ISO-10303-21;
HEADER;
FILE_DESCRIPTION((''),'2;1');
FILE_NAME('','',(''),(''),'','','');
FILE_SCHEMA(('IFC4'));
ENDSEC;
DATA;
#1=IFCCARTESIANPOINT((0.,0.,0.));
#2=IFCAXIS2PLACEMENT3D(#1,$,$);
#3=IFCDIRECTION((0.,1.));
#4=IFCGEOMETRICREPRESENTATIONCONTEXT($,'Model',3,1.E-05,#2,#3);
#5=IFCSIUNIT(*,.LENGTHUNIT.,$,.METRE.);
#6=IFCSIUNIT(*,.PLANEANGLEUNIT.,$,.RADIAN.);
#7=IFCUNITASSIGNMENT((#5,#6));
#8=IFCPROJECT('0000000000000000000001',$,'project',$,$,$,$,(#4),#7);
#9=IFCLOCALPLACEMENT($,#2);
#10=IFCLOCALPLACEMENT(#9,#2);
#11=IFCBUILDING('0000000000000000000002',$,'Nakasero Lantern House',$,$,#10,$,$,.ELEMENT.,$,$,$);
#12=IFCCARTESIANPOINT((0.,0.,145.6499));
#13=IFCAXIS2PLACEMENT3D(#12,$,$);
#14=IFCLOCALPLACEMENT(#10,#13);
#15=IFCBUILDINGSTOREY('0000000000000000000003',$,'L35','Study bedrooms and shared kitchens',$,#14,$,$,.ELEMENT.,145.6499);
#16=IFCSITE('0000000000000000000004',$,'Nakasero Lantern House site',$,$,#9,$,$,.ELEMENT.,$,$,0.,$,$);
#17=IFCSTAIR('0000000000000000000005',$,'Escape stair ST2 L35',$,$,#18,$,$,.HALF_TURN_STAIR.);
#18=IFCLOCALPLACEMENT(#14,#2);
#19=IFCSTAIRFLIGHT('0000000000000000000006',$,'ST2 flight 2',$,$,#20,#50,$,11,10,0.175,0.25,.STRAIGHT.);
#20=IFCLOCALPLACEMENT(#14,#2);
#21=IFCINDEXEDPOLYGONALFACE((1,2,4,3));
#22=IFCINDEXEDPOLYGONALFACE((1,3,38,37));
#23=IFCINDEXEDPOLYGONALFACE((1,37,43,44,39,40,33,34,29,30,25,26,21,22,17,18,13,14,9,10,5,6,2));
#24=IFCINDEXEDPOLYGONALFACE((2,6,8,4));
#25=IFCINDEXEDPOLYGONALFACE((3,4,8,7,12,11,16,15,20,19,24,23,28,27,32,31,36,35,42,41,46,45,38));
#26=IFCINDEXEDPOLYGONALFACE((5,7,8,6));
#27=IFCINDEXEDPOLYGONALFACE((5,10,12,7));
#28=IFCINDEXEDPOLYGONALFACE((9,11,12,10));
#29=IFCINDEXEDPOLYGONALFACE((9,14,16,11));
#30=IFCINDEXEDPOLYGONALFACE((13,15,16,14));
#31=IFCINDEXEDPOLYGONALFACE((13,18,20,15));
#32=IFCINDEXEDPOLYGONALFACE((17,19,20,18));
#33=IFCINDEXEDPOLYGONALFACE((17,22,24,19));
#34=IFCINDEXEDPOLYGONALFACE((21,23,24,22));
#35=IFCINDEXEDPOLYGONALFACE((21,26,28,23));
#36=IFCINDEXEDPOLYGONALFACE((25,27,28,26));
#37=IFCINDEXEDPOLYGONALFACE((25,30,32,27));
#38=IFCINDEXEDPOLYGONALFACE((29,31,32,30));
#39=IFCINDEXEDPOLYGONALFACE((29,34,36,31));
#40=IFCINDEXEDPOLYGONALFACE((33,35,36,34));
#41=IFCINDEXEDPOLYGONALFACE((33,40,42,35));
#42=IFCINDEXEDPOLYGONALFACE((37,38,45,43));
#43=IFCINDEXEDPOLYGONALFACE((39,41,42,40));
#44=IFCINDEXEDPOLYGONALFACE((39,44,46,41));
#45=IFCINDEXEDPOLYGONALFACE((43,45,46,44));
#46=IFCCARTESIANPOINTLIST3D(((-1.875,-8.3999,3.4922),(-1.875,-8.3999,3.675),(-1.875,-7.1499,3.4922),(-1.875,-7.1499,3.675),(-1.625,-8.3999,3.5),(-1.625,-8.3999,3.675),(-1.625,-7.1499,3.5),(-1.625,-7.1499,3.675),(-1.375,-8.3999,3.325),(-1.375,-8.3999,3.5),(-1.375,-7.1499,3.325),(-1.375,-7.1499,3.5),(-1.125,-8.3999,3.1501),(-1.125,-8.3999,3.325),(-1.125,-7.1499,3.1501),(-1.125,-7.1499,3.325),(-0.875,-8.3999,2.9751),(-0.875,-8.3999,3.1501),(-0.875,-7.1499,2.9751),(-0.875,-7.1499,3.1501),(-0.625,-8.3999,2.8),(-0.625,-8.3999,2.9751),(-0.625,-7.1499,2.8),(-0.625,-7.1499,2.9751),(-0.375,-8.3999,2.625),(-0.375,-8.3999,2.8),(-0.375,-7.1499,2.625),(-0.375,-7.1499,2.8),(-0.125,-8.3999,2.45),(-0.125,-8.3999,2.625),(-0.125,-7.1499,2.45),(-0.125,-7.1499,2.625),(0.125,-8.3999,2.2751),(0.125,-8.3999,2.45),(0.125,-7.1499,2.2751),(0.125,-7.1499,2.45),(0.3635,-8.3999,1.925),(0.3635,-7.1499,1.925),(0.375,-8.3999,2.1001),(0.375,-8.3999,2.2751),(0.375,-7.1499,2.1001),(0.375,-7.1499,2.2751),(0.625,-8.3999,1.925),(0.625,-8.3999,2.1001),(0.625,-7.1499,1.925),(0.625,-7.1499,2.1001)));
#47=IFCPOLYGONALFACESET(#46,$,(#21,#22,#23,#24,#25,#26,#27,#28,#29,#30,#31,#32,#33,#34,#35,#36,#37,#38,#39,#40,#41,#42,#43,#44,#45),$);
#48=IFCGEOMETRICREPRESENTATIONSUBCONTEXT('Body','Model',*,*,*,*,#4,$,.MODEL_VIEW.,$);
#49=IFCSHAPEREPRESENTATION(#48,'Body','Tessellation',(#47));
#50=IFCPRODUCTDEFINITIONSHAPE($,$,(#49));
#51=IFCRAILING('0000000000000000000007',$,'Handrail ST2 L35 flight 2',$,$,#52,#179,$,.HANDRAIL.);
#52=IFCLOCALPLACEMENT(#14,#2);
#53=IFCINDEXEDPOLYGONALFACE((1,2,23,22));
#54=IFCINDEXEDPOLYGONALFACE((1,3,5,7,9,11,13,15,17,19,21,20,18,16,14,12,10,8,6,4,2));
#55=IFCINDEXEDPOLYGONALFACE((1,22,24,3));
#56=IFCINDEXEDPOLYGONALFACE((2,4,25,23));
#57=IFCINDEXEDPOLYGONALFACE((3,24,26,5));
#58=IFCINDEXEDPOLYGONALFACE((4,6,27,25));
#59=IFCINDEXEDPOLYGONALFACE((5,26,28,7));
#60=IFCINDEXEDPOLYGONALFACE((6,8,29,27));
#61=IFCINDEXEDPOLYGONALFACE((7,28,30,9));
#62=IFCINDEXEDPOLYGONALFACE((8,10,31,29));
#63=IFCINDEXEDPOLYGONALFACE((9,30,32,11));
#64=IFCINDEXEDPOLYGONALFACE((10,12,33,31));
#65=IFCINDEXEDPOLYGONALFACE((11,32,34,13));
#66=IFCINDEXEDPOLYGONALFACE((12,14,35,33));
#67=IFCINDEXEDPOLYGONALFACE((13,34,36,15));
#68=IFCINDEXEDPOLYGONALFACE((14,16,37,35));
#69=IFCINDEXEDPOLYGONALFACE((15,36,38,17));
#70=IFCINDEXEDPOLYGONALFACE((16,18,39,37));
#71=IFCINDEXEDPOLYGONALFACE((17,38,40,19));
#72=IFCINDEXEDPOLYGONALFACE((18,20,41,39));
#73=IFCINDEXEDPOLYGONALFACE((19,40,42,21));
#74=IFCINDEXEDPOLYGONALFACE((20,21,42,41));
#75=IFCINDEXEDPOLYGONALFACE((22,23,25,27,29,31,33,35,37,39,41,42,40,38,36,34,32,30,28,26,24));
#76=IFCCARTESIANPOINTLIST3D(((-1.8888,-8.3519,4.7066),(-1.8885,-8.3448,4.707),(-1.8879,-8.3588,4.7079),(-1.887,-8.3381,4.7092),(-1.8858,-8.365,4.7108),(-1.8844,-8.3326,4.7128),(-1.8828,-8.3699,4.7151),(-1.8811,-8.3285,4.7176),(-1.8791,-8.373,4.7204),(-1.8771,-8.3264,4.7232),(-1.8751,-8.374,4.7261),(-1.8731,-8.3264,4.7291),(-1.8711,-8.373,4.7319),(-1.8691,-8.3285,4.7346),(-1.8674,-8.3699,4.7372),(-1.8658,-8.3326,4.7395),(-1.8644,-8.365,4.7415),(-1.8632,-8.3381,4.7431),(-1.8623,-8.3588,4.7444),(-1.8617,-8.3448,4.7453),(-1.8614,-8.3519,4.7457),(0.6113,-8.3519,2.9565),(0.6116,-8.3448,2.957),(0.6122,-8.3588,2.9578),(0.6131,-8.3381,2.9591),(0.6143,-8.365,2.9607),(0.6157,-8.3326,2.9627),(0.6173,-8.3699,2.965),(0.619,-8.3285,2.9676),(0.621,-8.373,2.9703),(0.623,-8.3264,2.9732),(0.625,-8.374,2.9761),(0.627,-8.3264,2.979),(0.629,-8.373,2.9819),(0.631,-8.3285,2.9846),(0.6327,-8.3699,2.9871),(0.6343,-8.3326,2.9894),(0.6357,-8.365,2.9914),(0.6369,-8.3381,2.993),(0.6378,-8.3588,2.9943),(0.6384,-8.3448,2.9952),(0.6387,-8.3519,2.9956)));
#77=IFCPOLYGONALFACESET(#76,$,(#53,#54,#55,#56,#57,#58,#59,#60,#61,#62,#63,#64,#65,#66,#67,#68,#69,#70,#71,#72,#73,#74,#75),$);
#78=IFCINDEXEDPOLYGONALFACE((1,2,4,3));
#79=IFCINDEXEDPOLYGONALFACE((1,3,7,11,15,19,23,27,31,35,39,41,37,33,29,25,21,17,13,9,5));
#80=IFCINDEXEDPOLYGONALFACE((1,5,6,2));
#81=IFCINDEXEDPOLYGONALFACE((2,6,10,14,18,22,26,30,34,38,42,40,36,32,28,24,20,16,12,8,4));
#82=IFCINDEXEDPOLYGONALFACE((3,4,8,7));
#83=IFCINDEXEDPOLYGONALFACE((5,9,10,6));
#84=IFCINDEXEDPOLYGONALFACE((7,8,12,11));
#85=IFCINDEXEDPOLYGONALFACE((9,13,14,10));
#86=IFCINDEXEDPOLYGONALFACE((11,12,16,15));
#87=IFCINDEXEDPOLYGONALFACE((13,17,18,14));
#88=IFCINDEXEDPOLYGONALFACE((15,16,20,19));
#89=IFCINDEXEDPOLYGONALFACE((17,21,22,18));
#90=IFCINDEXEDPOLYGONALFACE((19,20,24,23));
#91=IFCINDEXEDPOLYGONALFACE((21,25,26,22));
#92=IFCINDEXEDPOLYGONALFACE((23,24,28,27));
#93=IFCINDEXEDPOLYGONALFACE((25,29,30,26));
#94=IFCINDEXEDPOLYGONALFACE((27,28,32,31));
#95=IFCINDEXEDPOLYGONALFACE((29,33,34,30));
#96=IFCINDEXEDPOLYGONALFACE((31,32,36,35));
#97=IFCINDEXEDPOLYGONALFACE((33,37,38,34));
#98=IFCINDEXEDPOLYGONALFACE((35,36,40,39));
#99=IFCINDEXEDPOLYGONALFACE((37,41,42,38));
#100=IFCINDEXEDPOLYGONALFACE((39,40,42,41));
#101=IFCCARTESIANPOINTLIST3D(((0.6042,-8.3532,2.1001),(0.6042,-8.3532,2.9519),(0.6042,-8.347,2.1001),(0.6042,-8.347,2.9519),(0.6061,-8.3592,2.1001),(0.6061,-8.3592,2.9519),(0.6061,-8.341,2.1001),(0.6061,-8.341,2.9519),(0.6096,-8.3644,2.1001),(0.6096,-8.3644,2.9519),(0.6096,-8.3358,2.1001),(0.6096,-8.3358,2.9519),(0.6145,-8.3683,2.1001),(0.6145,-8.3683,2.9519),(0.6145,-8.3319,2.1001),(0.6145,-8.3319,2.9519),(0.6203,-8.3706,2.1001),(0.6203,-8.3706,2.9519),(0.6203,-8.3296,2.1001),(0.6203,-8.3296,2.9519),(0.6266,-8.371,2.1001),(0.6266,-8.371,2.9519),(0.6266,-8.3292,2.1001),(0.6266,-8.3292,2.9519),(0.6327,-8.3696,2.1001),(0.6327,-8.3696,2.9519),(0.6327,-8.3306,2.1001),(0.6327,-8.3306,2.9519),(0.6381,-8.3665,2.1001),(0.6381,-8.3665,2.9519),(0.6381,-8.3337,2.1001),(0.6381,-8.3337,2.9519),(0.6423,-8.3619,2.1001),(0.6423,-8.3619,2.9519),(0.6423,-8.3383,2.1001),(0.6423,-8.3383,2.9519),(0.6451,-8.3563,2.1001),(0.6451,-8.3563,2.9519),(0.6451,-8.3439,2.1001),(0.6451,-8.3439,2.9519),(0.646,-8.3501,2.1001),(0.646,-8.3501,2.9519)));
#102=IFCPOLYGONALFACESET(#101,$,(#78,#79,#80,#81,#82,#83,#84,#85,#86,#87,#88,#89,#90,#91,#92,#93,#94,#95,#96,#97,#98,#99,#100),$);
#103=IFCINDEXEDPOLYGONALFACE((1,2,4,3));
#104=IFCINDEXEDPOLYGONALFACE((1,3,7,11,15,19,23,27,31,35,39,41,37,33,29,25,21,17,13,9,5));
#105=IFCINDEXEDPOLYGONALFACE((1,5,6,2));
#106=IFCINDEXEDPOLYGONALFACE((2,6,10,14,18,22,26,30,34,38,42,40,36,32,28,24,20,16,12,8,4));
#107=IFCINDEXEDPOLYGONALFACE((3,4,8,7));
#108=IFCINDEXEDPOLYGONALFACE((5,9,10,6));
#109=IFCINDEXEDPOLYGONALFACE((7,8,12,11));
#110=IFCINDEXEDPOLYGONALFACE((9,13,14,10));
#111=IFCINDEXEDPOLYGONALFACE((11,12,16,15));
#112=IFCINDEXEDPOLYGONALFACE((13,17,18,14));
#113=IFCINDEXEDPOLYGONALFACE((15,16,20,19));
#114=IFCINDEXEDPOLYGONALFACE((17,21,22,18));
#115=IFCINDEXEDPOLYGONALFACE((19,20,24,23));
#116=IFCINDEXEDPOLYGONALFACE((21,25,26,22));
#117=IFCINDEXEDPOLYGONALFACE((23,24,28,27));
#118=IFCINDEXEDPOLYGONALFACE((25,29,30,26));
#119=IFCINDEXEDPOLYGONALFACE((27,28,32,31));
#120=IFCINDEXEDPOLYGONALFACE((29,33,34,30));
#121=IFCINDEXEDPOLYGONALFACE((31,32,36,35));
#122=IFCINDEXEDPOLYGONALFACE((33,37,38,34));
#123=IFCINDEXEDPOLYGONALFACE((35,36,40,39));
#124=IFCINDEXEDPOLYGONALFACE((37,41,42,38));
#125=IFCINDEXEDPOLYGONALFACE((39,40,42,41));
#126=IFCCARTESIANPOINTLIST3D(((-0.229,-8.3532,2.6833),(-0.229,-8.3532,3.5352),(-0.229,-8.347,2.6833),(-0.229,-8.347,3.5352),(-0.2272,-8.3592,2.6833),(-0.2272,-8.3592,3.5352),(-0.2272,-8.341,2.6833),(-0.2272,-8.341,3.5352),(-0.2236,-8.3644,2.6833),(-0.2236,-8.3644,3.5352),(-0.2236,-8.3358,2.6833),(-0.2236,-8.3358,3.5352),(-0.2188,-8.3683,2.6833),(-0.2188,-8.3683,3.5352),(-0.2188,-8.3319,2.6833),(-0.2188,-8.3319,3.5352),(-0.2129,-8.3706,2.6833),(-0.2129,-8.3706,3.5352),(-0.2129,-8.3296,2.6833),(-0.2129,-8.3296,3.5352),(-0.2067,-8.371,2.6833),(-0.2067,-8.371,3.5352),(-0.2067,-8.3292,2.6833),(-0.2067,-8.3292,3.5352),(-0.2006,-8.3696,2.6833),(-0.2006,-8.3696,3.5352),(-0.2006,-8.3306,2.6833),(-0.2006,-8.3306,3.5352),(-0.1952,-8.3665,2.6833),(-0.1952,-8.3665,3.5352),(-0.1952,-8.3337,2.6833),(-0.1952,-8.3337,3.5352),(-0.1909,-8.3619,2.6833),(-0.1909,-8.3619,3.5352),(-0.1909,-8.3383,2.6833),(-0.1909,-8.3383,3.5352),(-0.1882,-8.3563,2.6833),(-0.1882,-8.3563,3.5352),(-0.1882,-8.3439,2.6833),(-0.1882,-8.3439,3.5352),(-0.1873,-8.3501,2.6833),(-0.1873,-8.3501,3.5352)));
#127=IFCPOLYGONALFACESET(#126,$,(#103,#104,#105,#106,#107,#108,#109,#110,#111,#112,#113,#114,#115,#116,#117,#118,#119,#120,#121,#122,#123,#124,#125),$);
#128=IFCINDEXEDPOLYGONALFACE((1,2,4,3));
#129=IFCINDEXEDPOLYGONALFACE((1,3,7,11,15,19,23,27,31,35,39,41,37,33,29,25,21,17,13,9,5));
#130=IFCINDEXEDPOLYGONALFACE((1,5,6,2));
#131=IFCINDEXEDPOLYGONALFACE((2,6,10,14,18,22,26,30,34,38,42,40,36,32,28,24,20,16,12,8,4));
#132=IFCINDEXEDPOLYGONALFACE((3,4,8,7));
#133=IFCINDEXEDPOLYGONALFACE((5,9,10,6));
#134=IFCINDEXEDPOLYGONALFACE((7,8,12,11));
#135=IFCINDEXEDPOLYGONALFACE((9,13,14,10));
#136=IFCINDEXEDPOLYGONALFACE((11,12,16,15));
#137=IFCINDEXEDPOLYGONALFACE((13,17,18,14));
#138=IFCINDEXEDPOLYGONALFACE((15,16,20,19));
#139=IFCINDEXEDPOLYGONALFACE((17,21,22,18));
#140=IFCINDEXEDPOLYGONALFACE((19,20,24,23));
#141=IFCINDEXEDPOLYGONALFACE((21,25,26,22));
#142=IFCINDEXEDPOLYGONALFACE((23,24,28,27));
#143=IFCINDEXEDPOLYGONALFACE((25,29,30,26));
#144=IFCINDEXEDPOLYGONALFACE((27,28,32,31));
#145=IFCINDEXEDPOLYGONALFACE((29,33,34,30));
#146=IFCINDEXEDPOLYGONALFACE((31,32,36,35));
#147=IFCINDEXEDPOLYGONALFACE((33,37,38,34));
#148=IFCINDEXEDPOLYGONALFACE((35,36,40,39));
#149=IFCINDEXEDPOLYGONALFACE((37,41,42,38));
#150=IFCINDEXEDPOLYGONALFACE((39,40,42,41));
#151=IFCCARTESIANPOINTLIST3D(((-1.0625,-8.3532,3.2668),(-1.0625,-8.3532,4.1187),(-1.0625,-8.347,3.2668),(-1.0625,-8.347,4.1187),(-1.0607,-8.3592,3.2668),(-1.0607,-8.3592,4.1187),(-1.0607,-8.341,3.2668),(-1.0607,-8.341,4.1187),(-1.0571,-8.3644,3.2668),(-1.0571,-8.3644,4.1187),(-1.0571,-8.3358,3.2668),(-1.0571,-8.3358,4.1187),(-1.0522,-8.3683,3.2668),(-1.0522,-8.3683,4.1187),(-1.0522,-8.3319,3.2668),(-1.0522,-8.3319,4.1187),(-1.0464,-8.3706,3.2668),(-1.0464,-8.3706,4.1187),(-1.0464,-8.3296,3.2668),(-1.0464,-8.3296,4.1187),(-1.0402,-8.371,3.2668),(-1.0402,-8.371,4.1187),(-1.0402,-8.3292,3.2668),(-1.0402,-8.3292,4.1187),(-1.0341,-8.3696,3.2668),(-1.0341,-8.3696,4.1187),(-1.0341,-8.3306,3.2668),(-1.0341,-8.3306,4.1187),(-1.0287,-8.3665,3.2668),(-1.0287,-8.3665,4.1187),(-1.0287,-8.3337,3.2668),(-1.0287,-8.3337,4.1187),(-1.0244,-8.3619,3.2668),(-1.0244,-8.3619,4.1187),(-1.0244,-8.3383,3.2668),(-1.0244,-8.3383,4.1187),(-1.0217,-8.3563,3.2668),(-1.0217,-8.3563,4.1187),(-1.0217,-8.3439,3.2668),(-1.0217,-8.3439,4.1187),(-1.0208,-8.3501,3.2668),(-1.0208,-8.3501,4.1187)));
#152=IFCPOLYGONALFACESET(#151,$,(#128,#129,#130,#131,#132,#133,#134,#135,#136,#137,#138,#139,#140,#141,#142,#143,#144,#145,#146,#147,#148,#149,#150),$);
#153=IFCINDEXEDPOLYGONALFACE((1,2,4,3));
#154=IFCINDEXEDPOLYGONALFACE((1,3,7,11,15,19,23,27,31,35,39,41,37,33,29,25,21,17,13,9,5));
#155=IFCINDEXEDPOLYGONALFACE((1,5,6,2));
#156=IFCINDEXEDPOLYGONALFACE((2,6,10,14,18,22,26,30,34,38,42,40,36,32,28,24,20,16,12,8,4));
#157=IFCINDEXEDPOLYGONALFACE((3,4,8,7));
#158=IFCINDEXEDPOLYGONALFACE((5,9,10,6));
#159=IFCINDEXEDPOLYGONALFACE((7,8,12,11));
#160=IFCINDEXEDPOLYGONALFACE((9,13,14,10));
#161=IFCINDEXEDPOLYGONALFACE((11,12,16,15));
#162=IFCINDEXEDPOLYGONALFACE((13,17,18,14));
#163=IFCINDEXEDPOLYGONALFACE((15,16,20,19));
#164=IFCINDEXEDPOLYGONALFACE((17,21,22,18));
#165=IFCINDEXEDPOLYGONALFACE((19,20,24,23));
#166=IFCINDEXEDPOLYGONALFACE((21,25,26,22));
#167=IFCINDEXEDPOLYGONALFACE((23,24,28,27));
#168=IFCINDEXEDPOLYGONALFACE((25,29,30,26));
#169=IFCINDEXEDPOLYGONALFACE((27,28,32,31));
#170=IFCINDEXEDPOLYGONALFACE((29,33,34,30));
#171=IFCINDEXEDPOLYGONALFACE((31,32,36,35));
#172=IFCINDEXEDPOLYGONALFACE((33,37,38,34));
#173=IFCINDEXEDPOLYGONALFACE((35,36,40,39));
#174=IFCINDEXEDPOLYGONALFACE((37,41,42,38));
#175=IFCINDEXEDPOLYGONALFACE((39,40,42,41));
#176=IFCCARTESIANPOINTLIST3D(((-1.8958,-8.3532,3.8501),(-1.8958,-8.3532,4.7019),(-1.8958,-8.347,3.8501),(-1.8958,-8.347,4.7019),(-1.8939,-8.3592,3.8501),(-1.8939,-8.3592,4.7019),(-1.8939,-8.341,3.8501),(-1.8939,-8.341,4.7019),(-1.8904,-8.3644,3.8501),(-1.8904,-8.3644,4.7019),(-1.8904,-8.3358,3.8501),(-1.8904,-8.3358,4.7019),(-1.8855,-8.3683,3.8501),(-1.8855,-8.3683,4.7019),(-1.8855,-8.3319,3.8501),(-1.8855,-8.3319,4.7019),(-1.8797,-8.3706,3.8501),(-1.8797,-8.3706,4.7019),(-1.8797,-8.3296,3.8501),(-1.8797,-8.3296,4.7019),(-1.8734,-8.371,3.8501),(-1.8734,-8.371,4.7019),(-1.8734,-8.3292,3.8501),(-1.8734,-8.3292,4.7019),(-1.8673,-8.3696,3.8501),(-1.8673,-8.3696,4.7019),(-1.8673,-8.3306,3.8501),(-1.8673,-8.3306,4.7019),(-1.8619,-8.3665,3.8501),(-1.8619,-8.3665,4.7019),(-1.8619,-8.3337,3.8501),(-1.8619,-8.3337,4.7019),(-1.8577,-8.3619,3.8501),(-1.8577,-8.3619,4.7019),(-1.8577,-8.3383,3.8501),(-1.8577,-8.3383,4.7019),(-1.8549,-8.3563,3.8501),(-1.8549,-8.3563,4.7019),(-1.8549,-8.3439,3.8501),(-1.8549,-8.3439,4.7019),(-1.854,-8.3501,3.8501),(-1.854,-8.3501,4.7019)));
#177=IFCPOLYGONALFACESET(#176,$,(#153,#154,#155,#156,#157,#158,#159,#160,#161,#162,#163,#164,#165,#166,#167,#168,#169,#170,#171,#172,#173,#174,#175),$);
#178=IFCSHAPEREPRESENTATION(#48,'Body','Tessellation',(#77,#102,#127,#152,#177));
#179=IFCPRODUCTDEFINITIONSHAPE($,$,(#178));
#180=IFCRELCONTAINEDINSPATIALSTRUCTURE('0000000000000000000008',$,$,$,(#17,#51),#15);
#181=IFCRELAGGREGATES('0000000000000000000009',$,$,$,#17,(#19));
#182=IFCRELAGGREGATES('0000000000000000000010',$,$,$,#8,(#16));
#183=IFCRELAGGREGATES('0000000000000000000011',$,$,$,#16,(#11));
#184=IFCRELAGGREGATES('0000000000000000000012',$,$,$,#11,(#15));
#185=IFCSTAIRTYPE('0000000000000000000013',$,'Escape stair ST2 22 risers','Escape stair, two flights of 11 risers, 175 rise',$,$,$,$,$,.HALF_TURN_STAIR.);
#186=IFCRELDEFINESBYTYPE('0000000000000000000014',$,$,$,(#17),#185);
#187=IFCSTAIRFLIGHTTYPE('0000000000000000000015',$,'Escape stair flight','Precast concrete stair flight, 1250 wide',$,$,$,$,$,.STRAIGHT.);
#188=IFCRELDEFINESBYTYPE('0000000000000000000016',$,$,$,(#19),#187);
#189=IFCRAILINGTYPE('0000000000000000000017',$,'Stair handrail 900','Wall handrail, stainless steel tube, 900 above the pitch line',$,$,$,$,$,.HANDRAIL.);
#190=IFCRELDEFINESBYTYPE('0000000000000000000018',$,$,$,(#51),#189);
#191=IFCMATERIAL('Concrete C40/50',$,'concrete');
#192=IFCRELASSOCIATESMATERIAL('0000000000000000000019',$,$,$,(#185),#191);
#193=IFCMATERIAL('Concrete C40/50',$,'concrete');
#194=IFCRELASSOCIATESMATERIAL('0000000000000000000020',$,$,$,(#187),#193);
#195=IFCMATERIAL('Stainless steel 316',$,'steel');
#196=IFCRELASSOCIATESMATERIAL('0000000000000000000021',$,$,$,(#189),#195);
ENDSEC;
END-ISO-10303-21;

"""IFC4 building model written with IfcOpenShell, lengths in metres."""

from ifc_helpers import new_model, si_unit, direction, frame, origin, origin_2d, place, context, subcontext, project, spatial, polyline, circle, outline, extrude, material, type_object, element, aggregate, save


model = new_model("IFC4")

# Units and contexts
model_context = context("Model", 3, precision=1e-05, world=origin(), true_north=direction((0.0, 1.0)))
body_context = subcontext(model_context, "Body", "Model", "MODEL_VIEW")
ifc_project = project(units=[si_unit("LENGTHUNIT", "METRE"), si_unit("PLANEANGLEUNIT", "RADIAN")], contexts=[model_context])

# Site, building, storey
site_placement = place(None, origin())
site = spatial("IfcSite", under=ifc_project, at=site_placement, Name="Nakasero Lantern House site", CompositionType="ELEMENT", RefElevation=0.0)
building_placement = place(site_placement, origin())
building = spatial("IfcBuilding", under=site, at=building_placement, Name="Nakasero Lantern House", CompositionType="ELEMENT")
storey_placement = place(building_placement, frame((0.0, 0.0, 145.6499)))
storey = spatial("IfcBuildingStorey", under=building, at=storey_placement, Name="L35", Description="Study bedrooms and shared kitchens", CompositionType="ELEMENT", Elevation=145.6499)

# Stair, stair flight
ifc_material_1 = material(Name="Concrete C40/50", Category="concrete")
stair_type = type_object("IfcStairType", Name="Escape stair ST2 22 risers", Description="Escape stair, two flights of 11 risers, 175 rise", PredefinedType="HALF_TURN_STAIR", material=ifc_material_1)
stair_placement = place(storey_placement, origin())
stair = element("IfcStair", 1, at=stair_placement, inside=storey, type_object=stair_type, Name="Escape stair ST2 L35", PredefinedType="HALF_TURN_STAIR")
ifc_material_2 = material(Name="Concrete C40/50", Category="concrete")
stair_flight_type = type_object("IfcStairFlightType", Name="Escape stair flight", Description="Precast concrete stair flight, 1250 wide", PredefinedType="STRAIGHT", material=ifc_material_2)
stair_flight_placement = place(storey_placement, frame((0.625, -7.7749, 1.925), z_axis=(0.0, 0.0, 1.0), x_axis=(-1.0, 0.0, 0.0)))
stair_flight = element("IfcStairFlight", 2, at=stair_flight_placement, type_object=stair_flight_type, Name="ST2 flight 2", NumberOfRisers=11, NumberOfTreads=10, PredefinedType="STRAIGHT", RiserHeight=0.175, TreadLength=0.25, context=body_context, shape_type="SweptSolid", body=[
    extrude(outline(polyline([(0.0, 0.0), (0.0, 0.175), (0.25, 0.175), (0.25, 0.3501), (0.5, 0.3501), (0.5, 0.5249), (0.75, 0.5249), (0.75, 0.7), (1.0, 0.7), (1.0, 0.875), (1.25, 0.875), (1.25, 1.05), (1.5, 1.05), (1.5, 1.2251), (1.75, 1.2251), (1.75, 1.3999), (2.0, 1.3999), (2.0, 1.575), (2.25, 1.575), (2.25, 1.75), (2.5, 1.75), (2.5, 1.925), (2.5, 1.5671), (0.2615, 0.0), (0.0, 0.0)])), frame((0.0, 0.625, 0.0), z_axis=(0.0, -1.0, 0.0), x_axis=(1.0, 0.0, 0.0)), (0.0, 0.0, 1.0), 1.25),
])
aggregate(stair, [stair_flight])

# Railing
ifc_material_3 = material(Name="Stainless steel 316", Category="steel")
railing_type = type_object("IfcRailingType", Name="Stair handrail 900", Description="Wall handrail, stainless steel tube, 900 above the pitch line", PredefinedType="HANDRAIL", material=ifc_material_3)
railing_placement = place(storey_placement, frame((0.625, -8.3501, 2.1001)))
element("IfcRailing", 3, at=railing_placement, inside=storey, type_object=railing_type, Name="Handrail ST2 L35 flight 2", PredefinedType="HANDRAIL", context=body_context, shape_type="SweptSolid", body=[
    extrude(circle(Radius=0.0239, at=origin_2d()), frame((0.0, 0.0, 0.876), z_axis=(-0.819232, 0.0, 0.573462), x_axis=(0.0, -1.0, 0.0)), (0.0, 0.0, 1.0), 3.0518),
    extrude(circle(Radius=0.021, at=origin_2d()), origin(), (0.0, 0.0, 1.0), 0.8518),
    extrude(circle(Radius=0.021, at=origin_2d()), frame((-0.8333, 0.0, 0.5833)), (0.0, 0.0, 1.0), 0.8518),
    extrude(circle(Radius=0.021, at=origin_2d()), frame((-1.6667, 0.0, 1.1667)), (0.0, 0.0, 1.0), 0.8518),
    extrude(circle(Radius=0.021, at=origin_2d()), frame((-2.5, 0.0, 1.75)), (0.0, 0.0, 1.0), 0.8518),
])

save(model, "model.ifc")
